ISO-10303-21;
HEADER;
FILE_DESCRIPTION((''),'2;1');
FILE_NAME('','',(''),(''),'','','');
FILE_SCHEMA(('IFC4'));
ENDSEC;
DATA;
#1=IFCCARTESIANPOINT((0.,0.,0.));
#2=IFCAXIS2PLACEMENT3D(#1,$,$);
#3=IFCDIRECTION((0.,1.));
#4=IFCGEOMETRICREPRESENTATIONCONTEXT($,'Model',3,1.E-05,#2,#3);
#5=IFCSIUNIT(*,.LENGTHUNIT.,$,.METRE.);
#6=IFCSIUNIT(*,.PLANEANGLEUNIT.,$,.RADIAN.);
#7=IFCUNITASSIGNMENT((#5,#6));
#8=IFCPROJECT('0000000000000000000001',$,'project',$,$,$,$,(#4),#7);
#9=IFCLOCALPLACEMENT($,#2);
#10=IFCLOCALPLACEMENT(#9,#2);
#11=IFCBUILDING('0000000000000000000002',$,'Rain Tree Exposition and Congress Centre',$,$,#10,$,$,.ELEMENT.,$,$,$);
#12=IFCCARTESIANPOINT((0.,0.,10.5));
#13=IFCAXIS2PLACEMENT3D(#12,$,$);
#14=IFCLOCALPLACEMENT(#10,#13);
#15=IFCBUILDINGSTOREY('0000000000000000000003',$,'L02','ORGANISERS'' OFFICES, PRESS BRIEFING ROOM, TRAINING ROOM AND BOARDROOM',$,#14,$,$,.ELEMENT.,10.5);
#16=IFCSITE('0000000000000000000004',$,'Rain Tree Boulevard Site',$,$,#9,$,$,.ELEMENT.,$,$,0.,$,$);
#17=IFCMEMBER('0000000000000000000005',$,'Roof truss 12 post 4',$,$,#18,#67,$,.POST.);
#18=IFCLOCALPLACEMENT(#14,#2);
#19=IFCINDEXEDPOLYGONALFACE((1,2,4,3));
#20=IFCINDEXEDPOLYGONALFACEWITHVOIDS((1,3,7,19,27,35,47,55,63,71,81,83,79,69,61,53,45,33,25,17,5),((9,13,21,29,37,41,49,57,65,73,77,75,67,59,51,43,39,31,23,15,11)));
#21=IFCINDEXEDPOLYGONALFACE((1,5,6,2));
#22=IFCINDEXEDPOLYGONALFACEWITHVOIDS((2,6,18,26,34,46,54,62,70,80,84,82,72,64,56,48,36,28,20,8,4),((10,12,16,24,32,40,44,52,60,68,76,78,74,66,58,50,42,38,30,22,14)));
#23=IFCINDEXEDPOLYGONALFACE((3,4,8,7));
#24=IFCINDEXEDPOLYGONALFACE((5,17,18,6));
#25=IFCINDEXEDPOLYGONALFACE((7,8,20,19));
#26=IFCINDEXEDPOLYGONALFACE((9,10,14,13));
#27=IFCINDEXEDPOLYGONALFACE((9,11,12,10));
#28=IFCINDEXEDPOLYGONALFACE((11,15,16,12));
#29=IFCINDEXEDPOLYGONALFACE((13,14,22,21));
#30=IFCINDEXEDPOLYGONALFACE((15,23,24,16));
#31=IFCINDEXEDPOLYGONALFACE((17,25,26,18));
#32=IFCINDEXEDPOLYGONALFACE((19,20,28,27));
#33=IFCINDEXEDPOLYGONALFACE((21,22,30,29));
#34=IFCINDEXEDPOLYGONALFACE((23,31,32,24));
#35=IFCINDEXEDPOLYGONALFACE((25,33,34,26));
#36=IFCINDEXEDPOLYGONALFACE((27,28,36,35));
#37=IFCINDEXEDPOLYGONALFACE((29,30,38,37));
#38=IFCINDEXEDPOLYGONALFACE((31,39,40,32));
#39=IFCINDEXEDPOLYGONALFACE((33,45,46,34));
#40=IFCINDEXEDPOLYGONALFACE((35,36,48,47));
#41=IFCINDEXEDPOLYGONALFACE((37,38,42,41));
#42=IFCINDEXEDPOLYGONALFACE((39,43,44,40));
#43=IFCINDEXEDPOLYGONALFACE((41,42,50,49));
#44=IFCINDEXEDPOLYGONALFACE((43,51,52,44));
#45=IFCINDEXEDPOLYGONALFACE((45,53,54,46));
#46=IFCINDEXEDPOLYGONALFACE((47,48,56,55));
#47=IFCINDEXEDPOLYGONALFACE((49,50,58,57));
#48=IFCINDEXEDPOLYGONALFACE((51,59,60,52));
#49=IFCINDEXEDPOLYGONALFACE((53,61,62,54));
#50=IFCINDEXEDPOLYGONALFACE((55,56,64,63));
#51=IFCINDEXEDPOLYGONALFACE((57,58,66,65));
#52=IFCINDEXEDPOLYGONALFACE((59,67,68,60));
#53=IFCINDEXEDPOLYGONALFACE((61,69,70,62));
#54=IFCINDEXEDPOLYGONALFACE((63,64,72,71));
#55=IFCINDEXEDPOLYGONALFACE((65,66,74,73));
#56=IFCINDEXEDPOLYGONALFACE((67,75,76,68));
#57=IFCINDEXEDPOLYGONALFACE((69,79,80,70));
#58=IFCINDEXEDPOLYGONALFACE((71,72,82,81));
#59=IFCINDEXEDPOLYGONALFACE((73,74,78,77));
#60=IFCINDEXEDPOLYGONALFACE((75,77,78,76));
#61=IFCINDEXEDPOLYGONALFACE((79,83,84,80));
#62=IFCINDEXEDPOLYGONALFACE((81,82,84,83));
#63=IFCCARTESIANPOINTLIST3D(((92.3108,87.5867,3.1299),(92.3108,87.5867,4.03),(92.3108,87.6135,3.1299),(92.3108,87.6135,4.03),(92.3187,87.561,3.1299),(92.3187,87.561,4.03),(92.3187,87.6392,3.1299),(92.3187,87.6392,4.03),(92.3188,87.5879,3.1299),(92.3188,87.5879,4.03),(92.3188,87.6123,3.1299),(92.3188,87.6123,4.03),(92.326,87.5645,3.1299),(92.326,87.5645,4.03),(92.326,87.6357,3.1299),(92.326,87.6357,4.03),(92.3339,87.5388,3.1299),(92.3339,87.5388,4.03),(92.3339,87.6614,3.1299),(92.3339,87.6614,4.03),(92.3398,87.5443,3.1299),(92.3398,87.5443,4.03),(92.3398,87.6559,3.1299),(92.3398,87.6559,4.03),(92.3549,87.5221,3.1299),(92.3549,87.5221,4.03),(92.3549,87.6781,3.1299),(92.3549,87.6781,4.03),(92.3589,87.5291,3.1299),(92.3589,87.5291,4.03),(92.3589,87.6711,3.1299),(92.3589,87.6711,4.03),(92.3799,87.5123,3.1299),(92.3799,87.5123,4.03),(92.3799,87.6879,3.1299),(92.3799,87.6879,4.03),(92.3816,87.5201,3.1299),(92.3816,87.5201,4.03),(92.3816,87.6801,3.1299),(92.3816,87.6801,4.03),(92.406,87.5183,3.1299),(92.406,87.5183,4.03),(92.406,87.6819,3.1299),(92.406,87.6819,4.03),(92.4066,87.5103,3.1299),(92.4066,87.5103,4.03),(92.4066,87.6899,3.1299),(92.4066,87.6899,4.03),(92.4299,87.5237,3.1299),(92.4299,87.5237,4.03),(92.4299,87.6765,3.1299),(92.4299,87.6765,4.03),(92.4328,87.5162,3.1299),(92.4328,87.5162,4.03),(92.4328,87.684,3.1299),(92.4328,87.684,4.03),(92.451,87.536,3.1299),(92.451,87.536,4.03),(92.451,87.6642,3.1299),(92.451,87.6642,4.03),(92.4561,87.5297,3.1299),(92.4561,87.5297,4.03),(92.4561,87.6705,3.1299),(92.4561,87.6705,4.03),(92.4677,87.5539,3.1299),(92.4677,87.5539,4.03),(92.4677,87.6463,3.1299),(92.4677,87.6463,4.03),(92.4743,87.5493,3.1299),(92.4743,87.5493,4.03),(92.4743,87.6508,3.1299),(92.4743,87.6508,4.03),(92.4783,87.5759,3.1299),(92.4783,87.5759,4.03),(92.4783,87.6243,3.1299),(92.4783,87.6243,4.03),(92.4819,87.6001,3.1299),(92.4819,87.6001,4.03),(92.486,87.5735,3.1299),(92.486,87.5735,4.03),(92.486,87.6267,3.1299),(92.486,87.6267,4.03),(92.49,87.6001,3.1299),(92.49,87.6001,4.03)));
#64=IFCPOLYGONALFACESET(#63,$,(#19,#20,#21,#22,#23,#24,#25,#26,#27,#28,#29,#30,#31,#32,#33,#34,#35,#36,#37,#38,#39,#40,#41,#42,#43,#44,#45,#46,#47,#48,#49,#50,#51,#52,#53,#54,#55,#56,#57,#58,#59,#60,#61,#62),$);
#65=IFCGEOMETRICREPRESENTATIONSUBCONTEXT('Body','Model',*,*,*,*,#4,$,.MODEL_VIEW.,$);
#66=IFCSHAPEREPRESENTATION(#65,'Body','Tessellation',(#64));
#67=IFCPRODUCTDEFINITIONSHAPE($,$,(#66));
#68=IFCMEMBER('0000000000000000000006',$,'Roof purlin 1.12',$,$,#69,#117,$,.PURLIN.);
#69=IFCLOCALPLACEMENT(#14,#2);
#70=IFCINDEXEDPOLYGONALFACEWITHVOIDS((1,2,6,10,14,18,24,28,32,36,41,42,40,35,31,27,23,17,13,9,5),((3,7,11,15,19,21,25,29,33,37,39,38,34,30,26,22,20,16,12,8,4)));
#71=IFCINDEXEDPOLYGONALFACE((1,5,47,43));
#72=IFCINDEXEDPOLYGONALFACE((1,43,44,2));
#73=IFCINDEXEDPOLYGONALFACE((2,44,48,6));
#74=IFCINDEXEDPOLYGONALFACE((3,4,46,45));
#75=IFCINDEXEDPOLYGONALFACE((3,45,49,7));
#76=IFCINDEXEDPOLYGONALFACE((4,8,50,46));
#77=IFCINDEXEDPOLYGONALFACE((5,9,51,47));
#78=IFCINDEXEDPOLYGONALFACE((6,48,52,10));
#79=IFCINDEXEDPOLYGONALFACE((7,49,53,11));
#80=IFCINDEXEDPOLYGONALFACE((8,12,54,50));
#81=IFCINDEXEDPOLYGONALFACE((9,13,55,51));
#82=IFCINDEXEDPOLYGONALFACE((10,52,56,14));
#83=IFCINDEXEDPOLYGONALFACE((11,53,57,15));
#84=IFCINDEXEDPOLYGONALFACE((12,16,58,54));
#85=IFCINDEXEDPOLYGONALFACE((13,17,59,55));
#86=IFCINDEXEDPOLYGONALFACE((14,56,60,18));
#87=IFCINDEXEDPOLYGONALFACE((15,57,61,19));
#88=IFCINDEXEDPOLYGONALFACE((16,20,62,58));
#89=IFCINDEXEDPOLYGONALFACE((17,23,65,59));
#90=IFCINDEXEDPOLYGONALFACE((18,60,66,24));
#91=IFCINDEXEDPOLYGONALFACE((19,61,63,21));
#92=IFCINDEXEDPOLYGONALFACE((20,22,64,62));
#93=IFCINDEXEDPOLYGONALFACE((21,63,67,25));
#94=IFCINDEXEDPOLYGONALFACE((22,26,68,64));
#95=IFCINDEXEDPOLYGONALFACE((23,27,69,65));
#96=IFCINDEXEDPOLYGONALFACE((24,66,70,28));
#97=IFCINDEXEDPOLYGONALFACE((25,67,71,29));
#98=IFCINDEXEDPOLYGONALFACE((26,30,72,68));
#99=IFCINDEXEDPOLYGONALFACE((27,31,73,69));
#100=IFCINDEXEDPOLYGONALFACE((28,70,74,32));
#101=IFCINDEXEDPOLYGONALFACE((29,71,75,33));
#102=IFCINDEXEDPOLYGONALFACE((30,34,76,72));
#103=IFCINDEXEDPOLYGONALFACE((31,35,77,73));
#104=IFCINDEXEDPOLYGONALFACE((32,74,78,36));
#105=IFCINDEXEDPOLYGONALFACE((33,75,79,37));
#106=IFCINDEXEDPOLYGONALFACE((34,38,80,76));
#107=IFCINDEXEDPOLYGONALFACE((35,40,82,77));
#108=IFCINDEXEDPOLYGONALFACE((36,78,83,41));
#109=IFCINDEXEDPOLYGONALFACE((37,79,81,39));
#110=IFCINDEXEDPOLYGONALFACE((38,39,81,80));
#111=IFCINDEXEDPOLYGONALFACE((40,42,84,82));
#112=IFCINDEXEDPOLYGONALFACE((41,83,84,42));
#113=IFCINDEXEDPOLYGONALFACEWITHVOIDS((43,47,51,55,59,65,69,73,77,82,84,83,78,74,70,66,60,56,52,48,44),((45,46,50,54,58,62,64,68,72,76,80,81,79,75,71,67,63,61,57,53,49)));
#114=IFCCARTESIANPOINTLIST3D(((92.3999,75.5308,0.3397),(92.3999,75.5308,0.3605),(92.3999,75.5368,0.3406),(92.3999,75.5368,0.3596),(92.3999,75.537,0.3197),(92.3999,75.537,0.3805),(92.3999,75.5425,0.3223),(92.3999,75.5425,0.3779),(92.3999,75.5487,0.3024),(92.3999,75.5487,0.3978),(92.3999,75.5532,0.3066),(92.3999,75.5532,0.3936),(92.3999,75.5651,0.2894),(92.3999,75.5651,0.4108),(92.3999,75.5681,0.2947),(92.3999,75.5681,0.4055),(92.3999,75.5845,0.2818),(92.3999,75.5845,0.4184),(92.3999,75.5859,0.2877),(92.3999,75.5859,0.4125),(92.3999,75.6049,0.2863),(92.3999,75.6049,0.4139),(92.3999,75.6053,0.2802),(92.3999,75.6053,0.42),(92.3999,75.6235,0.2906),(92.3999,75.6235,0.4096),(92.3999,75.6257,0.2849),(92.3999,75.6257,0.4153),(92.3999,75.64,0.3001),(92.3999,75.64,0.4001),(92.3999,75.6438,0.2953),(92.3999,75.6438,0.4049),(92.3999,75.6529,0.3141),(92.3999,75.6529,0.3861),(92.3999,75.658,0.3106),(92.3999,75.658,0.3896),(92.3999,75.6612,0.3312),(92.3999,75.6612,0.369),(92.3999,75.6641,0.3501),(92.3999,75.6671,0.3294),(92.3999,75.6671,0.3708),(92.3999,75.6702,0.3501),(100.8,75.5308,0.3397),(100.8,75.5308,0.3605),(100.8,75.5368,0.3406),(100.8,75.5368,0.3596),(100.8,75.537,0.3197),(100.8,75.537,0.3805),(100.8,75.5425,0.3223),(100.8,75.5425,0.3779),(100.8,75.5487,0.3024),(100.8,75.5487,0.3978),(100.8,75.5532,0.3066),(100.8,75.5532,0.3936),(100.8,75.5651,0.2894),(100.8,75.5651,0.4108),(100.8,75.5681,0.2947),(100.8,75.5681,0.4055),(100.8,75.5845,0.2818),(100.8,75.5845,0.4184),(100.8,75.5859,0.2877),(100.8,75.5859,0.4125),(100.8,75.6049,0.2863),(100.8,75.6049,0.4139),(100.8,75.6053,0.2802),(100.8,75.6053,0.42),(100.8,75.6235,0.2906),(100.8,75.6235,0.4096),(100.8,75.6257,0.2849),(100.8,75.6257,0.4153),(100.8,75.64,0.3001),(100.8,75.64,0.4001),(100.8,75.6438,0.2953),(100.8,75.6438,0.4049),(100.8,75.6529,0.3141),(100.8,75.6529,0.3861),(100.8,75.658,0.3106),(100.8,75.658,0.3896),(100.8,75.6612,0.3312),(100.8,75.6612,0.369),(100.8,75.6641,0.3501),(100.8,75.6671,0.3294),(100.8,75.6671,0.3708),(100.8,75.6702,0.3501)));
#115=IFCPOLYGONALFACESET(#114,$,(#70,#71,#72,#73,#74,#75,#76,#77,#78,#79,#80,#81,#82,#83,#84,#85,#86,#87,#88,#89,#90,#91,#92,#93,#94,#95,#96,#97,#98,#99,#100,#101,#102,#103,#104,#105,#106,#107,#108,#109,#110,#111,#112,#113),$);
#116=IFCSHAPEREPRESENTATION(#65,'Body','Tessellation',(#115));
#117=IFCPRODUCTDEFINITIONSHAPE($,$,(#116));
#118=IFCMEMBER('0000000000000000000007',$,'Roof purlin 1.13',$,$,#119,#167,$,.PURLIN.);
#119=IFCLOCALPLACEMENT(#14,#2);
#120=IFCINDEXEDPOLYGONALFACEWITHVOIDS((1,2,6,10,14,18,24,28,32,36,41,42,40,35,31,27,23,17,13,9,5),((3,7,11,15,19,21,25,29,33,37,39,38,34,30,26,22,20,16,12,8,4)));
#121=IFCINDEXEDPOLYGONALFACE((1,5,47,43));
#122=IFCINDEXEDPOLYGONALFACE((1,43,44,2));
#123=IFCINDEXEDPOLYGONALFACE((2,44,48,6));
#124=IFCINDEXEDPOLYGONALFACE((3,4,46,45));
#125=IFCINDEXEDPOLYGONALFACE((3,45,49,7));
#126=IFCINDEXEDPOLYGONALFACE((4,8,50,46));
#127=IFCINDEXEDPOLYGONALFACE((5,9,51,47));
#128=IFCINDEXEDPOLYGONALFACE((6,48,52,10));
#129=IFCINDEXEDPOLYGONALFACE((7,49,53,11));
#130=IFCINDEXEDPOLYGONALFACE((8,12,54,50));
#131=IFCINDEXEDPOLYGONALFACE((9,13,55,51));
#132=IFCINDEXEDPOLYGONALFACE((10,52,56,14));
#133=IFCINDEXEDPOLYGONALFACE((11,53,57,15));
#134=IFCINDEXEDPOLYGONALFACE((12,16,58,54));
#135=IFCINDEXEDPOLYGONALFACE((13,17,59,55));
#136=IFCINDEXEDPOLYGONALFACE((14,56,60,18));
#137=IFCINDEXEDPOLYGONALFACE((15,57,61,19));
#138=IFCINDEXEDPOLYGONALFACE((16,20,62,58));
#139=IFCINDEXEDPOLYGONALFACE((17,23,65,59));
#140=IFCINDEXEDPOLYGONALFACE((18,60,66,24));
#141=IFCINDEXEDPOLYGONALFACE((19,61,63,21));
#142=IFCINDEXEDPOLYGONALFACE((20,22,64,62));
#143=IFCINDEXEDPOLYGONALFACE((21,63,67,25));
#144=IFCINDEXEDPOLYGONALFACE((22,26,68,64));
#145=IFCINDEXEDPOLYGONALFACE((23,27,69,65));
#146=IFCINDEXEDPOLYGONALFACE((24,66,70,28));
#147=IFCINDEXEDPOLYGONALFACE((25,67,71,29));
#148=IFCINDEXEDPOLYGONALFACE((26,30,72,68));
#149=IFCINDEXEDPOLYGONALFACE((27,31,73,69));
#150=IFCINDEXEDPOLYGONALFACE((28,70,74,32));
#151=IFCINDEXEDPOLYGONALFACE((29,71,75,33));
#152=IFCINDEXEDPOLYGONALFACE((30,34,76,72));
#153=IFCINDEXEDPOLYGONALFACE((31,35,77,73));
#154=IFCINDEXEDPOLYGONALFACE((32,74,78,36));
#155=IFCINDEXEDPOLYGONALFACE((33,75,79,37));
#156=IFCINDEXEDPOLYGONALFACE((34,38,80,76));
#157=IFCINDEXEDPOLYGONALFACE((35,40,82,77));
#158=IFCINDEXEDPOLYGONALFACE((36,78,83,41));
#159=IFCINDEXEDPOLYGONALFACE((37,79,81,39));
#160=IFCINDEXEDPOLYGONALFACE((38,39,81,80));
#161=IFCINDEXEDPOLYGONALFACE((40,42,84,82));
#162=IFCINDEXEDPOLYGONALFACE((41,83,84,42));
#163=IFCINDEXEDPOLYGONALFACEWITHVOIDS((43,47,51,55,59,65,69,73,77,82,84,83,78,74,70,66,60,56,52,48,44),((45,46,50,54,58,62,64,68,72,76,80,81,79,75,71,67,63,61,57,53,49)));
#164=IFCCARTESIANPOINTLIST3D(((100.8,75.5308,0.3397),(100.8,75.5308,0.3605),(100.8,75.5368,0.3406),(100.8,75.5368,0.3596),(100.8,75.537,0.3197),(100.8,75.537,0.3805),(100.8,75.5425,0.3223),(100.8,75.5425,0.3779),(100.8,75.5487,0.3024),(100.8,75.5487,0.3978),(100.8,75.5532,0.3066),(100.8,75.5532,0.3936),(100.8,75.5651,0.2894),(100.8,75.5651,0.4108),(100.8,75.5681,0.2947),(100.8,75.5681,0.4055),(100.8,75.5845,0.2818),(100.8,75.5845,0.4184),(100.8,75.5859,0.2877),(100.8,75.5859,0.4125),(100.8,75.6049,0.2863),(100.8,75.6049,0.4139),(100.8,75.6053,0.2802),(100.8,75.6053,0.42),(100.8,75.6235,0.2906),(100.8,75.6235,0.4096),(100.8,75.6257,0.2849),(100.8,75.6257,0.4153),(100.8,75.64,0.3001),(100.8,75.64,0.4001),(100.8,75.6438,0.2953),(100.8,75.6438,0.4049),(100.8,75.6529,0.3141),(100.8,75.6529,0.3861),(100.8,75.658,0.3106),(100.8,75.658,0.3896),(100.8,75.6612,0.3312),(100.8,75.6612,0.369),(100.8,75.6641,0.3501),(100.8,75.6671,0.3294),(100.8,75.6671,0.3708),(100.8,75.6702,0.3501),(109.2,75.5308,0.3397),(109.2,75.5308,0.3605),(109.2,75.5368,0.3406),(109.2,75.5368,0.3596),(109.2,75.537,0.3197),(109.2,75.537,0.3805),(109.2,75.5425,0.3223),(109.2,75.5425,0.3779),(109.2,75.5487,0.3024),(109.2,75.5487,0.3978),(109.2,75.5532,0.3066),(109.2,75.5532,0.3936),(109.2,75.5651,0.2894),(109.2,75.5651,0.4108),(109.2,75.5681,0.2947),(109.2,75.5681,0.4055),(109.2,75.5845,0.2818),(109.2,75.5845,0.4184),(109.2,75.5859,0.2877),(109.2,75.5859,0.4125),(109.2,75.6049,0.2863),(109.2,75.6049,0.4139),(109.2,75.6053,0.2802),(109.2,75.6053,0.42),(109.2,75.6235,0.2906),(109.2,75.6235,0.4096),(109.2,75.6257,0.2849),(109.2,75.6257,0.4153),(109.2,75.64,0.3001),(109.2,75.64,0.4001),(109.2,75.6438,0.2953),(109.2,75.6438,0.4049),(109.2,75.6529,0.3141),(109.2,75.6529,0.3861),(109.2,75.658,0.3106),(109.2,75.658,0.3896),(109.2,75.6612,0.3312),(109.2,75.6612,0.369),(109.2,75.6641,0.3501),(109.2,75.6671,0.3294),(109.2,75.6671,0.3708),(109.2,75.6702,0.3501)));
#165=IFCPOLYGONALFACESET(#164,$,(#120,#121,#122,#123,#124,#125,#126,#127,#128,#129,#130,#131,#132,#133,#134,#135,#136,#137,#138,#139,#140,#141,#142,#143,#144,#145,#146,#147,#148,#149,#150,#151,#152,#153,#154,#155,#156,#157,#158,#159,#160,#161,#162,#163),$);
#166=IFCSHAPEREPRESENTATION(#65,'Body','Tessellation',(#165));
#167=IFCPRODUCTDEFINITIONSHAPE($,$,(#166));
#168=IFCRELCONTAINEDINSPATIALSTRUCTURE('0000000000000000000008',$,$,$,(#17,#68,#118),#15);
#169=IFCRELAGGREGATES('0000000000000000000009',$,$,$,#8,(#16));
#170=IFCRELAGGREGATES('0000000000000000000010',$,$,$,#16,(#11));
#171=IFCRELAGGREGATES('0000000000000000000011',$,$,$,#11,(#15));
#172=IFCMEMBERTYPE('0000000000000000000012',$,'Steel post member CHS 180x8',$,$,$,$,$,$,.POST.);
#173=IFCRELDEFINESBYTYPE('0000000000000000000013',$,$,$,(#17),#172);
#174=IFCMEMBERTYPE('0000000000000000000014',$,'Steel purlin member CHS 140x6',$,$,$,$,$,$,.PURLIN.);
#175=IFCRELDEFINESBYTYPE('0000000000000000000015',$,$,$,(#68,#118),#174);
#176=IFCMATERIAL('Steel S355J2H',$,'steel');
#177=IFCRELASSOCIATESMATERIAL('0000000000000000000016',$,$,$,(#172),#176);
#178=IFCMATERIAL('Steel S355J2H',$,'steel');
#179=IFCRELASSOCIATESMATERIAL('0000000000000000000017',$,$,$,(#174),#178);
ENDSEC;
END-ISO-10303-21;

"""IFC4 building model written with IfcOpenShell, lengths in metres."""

from ifc_helpers import new_model, si_unit, direction, frame, origin, origin_2d, place, context, subcontext, project, spatial, hollow_circle, extrude, material, material_profile, profile_set, type_object, element, save


model = new_model("IFC4")

# Units and contexts
model_context = context("Model", 3, precision=1e-05, world=origin(), true_north=direction((0.0, 1.0)))
body_context = subcontext(model_context, "Body", "Model", "MODEL_VIEW")
ifc_project = project(units=[si_unit("LENGTHUNIT", "METRE"), si_unit("PLANEANGLEUNIT", "RADIAN")], contexts=[model_context])

# Site, building, storey
site_placement = place(None, origin())
site = spatial("IfcSite", under=ifc_project, at=site_placement, Name="Rain Tree Boulevard Site", CompositionType="ELEMENT", RefElevation=0.0)
building_placement = place(site_placement, origin())
building = spatial("IfcBuilding", under=site, at=building_placement, Name="Rain Tree Exposition and Congress Centre", CompositionType="ELEMENT")
storey_placement = place(building_placement, frame((0.0, 0.0, 10.5)))
storey = spatial("IfcBuildingStorey", under=building, at=storey_placement, Name="L02", Description="ORGANISERS' OFFICES, PRESS BRIEFING ROOM, TRAINING ROOM AND BOARDROOM", CompositionType="ELEMENT", Elevation=10.5)

# Members
ifc_material_1 = material(Name="Steel S355J2H", Category="steel")
ifc_material_profile_1 = material_profile(ifc_material_1, hollow_circle(Radius=0.0901, WallThickness=0.0081, at=origin_2d()), Name="CHS 180x8")
ifc_profile_set_1 = profile_set([ifc_material_profile_1], Name="Steel S355J2H")
member_type_1 = type_object("IfcMemberType", Name="Steel post member CHS 180x8", PredefinedType="POST", material=ifc_profile_set_1)
member_1_placement = place(storey_placement, frame((92.3999, 87.6001, 3.1299), z_axis=(0.0, 0.0, 1.0), x_axis=(1.0, 0.0, 0.0)))
element("IfcMember", 1, at=member_1_placement, inside=storey, type_object=member_type_1, Name="Roof truss 12 post 4", PredefinedType="POST", context=body_context, shape_type="SweptSolid", body=[
    extrude(hollow_circle(Radius=0.0901, WallThickness=0.0081, at=origin_2d()), origin(), (0.0, 0.0, 1.0), 0.9001),
])
ifc_material_2 = material(Name="Steel S355J2H", Category="steel")
ifc_material_profile_2 = material_profile(ifc_material_2, hollow_circle(Radius=0.0701, WallThickness=0.0061, at=origin_2d()), Name="CHS 140x6")
ifc_profile_set_2 = profile_set([ifc_material_profile_2], Name="Steel S355J2H")
member_type_2 = type_object("IfcMemberType", Name="Steel purlin member CHS 140x6", PredefinedType="PURLIN", material=ifc_profile_set_2)
member_2_placement = place(storey_placement, frame((92.3999, 75.6001, 0.3501), z_axis=(1.0, 0.0, 0.0), x_axis=(0.0, 1.0, 0.0)))
element("IfcMember", 2, at=member_2_placement, inside=storey, type_object=member_type_2, Name="Roof purlin 1.12", PredefinedType="PURLIN", context=body_context, shape_type="SweptSolid", body=[
    extrude(hollow_circle(Radius=0.0701, WallThickness=0.0061, at=origin_2d()), origin(), (0.0, 0.0, 1.0), 8.4001),
])
member_3_placement = place(storey_placement, frame((100.8, 75.6001, 0.3501), z_axis=(1.0, 0.0, 0.0), x_axis=(0.0, 1.0, 0.0)))
element("IfcMember", 3, at=member_3_placement, inside=storey, type_object=member_type_2, Name="Roof purlin 1.13", PredefinedType="PURLIN", context=body_context, shape_type="SweptSolid", body=[
    extrude(hollow_circle(Radius=0.0701, WallThickness=0.0061, at=origin_2d()), origin(), (0.0, 0.0, 1.0), 8.3999),
])

save(model, "model.ifc")
